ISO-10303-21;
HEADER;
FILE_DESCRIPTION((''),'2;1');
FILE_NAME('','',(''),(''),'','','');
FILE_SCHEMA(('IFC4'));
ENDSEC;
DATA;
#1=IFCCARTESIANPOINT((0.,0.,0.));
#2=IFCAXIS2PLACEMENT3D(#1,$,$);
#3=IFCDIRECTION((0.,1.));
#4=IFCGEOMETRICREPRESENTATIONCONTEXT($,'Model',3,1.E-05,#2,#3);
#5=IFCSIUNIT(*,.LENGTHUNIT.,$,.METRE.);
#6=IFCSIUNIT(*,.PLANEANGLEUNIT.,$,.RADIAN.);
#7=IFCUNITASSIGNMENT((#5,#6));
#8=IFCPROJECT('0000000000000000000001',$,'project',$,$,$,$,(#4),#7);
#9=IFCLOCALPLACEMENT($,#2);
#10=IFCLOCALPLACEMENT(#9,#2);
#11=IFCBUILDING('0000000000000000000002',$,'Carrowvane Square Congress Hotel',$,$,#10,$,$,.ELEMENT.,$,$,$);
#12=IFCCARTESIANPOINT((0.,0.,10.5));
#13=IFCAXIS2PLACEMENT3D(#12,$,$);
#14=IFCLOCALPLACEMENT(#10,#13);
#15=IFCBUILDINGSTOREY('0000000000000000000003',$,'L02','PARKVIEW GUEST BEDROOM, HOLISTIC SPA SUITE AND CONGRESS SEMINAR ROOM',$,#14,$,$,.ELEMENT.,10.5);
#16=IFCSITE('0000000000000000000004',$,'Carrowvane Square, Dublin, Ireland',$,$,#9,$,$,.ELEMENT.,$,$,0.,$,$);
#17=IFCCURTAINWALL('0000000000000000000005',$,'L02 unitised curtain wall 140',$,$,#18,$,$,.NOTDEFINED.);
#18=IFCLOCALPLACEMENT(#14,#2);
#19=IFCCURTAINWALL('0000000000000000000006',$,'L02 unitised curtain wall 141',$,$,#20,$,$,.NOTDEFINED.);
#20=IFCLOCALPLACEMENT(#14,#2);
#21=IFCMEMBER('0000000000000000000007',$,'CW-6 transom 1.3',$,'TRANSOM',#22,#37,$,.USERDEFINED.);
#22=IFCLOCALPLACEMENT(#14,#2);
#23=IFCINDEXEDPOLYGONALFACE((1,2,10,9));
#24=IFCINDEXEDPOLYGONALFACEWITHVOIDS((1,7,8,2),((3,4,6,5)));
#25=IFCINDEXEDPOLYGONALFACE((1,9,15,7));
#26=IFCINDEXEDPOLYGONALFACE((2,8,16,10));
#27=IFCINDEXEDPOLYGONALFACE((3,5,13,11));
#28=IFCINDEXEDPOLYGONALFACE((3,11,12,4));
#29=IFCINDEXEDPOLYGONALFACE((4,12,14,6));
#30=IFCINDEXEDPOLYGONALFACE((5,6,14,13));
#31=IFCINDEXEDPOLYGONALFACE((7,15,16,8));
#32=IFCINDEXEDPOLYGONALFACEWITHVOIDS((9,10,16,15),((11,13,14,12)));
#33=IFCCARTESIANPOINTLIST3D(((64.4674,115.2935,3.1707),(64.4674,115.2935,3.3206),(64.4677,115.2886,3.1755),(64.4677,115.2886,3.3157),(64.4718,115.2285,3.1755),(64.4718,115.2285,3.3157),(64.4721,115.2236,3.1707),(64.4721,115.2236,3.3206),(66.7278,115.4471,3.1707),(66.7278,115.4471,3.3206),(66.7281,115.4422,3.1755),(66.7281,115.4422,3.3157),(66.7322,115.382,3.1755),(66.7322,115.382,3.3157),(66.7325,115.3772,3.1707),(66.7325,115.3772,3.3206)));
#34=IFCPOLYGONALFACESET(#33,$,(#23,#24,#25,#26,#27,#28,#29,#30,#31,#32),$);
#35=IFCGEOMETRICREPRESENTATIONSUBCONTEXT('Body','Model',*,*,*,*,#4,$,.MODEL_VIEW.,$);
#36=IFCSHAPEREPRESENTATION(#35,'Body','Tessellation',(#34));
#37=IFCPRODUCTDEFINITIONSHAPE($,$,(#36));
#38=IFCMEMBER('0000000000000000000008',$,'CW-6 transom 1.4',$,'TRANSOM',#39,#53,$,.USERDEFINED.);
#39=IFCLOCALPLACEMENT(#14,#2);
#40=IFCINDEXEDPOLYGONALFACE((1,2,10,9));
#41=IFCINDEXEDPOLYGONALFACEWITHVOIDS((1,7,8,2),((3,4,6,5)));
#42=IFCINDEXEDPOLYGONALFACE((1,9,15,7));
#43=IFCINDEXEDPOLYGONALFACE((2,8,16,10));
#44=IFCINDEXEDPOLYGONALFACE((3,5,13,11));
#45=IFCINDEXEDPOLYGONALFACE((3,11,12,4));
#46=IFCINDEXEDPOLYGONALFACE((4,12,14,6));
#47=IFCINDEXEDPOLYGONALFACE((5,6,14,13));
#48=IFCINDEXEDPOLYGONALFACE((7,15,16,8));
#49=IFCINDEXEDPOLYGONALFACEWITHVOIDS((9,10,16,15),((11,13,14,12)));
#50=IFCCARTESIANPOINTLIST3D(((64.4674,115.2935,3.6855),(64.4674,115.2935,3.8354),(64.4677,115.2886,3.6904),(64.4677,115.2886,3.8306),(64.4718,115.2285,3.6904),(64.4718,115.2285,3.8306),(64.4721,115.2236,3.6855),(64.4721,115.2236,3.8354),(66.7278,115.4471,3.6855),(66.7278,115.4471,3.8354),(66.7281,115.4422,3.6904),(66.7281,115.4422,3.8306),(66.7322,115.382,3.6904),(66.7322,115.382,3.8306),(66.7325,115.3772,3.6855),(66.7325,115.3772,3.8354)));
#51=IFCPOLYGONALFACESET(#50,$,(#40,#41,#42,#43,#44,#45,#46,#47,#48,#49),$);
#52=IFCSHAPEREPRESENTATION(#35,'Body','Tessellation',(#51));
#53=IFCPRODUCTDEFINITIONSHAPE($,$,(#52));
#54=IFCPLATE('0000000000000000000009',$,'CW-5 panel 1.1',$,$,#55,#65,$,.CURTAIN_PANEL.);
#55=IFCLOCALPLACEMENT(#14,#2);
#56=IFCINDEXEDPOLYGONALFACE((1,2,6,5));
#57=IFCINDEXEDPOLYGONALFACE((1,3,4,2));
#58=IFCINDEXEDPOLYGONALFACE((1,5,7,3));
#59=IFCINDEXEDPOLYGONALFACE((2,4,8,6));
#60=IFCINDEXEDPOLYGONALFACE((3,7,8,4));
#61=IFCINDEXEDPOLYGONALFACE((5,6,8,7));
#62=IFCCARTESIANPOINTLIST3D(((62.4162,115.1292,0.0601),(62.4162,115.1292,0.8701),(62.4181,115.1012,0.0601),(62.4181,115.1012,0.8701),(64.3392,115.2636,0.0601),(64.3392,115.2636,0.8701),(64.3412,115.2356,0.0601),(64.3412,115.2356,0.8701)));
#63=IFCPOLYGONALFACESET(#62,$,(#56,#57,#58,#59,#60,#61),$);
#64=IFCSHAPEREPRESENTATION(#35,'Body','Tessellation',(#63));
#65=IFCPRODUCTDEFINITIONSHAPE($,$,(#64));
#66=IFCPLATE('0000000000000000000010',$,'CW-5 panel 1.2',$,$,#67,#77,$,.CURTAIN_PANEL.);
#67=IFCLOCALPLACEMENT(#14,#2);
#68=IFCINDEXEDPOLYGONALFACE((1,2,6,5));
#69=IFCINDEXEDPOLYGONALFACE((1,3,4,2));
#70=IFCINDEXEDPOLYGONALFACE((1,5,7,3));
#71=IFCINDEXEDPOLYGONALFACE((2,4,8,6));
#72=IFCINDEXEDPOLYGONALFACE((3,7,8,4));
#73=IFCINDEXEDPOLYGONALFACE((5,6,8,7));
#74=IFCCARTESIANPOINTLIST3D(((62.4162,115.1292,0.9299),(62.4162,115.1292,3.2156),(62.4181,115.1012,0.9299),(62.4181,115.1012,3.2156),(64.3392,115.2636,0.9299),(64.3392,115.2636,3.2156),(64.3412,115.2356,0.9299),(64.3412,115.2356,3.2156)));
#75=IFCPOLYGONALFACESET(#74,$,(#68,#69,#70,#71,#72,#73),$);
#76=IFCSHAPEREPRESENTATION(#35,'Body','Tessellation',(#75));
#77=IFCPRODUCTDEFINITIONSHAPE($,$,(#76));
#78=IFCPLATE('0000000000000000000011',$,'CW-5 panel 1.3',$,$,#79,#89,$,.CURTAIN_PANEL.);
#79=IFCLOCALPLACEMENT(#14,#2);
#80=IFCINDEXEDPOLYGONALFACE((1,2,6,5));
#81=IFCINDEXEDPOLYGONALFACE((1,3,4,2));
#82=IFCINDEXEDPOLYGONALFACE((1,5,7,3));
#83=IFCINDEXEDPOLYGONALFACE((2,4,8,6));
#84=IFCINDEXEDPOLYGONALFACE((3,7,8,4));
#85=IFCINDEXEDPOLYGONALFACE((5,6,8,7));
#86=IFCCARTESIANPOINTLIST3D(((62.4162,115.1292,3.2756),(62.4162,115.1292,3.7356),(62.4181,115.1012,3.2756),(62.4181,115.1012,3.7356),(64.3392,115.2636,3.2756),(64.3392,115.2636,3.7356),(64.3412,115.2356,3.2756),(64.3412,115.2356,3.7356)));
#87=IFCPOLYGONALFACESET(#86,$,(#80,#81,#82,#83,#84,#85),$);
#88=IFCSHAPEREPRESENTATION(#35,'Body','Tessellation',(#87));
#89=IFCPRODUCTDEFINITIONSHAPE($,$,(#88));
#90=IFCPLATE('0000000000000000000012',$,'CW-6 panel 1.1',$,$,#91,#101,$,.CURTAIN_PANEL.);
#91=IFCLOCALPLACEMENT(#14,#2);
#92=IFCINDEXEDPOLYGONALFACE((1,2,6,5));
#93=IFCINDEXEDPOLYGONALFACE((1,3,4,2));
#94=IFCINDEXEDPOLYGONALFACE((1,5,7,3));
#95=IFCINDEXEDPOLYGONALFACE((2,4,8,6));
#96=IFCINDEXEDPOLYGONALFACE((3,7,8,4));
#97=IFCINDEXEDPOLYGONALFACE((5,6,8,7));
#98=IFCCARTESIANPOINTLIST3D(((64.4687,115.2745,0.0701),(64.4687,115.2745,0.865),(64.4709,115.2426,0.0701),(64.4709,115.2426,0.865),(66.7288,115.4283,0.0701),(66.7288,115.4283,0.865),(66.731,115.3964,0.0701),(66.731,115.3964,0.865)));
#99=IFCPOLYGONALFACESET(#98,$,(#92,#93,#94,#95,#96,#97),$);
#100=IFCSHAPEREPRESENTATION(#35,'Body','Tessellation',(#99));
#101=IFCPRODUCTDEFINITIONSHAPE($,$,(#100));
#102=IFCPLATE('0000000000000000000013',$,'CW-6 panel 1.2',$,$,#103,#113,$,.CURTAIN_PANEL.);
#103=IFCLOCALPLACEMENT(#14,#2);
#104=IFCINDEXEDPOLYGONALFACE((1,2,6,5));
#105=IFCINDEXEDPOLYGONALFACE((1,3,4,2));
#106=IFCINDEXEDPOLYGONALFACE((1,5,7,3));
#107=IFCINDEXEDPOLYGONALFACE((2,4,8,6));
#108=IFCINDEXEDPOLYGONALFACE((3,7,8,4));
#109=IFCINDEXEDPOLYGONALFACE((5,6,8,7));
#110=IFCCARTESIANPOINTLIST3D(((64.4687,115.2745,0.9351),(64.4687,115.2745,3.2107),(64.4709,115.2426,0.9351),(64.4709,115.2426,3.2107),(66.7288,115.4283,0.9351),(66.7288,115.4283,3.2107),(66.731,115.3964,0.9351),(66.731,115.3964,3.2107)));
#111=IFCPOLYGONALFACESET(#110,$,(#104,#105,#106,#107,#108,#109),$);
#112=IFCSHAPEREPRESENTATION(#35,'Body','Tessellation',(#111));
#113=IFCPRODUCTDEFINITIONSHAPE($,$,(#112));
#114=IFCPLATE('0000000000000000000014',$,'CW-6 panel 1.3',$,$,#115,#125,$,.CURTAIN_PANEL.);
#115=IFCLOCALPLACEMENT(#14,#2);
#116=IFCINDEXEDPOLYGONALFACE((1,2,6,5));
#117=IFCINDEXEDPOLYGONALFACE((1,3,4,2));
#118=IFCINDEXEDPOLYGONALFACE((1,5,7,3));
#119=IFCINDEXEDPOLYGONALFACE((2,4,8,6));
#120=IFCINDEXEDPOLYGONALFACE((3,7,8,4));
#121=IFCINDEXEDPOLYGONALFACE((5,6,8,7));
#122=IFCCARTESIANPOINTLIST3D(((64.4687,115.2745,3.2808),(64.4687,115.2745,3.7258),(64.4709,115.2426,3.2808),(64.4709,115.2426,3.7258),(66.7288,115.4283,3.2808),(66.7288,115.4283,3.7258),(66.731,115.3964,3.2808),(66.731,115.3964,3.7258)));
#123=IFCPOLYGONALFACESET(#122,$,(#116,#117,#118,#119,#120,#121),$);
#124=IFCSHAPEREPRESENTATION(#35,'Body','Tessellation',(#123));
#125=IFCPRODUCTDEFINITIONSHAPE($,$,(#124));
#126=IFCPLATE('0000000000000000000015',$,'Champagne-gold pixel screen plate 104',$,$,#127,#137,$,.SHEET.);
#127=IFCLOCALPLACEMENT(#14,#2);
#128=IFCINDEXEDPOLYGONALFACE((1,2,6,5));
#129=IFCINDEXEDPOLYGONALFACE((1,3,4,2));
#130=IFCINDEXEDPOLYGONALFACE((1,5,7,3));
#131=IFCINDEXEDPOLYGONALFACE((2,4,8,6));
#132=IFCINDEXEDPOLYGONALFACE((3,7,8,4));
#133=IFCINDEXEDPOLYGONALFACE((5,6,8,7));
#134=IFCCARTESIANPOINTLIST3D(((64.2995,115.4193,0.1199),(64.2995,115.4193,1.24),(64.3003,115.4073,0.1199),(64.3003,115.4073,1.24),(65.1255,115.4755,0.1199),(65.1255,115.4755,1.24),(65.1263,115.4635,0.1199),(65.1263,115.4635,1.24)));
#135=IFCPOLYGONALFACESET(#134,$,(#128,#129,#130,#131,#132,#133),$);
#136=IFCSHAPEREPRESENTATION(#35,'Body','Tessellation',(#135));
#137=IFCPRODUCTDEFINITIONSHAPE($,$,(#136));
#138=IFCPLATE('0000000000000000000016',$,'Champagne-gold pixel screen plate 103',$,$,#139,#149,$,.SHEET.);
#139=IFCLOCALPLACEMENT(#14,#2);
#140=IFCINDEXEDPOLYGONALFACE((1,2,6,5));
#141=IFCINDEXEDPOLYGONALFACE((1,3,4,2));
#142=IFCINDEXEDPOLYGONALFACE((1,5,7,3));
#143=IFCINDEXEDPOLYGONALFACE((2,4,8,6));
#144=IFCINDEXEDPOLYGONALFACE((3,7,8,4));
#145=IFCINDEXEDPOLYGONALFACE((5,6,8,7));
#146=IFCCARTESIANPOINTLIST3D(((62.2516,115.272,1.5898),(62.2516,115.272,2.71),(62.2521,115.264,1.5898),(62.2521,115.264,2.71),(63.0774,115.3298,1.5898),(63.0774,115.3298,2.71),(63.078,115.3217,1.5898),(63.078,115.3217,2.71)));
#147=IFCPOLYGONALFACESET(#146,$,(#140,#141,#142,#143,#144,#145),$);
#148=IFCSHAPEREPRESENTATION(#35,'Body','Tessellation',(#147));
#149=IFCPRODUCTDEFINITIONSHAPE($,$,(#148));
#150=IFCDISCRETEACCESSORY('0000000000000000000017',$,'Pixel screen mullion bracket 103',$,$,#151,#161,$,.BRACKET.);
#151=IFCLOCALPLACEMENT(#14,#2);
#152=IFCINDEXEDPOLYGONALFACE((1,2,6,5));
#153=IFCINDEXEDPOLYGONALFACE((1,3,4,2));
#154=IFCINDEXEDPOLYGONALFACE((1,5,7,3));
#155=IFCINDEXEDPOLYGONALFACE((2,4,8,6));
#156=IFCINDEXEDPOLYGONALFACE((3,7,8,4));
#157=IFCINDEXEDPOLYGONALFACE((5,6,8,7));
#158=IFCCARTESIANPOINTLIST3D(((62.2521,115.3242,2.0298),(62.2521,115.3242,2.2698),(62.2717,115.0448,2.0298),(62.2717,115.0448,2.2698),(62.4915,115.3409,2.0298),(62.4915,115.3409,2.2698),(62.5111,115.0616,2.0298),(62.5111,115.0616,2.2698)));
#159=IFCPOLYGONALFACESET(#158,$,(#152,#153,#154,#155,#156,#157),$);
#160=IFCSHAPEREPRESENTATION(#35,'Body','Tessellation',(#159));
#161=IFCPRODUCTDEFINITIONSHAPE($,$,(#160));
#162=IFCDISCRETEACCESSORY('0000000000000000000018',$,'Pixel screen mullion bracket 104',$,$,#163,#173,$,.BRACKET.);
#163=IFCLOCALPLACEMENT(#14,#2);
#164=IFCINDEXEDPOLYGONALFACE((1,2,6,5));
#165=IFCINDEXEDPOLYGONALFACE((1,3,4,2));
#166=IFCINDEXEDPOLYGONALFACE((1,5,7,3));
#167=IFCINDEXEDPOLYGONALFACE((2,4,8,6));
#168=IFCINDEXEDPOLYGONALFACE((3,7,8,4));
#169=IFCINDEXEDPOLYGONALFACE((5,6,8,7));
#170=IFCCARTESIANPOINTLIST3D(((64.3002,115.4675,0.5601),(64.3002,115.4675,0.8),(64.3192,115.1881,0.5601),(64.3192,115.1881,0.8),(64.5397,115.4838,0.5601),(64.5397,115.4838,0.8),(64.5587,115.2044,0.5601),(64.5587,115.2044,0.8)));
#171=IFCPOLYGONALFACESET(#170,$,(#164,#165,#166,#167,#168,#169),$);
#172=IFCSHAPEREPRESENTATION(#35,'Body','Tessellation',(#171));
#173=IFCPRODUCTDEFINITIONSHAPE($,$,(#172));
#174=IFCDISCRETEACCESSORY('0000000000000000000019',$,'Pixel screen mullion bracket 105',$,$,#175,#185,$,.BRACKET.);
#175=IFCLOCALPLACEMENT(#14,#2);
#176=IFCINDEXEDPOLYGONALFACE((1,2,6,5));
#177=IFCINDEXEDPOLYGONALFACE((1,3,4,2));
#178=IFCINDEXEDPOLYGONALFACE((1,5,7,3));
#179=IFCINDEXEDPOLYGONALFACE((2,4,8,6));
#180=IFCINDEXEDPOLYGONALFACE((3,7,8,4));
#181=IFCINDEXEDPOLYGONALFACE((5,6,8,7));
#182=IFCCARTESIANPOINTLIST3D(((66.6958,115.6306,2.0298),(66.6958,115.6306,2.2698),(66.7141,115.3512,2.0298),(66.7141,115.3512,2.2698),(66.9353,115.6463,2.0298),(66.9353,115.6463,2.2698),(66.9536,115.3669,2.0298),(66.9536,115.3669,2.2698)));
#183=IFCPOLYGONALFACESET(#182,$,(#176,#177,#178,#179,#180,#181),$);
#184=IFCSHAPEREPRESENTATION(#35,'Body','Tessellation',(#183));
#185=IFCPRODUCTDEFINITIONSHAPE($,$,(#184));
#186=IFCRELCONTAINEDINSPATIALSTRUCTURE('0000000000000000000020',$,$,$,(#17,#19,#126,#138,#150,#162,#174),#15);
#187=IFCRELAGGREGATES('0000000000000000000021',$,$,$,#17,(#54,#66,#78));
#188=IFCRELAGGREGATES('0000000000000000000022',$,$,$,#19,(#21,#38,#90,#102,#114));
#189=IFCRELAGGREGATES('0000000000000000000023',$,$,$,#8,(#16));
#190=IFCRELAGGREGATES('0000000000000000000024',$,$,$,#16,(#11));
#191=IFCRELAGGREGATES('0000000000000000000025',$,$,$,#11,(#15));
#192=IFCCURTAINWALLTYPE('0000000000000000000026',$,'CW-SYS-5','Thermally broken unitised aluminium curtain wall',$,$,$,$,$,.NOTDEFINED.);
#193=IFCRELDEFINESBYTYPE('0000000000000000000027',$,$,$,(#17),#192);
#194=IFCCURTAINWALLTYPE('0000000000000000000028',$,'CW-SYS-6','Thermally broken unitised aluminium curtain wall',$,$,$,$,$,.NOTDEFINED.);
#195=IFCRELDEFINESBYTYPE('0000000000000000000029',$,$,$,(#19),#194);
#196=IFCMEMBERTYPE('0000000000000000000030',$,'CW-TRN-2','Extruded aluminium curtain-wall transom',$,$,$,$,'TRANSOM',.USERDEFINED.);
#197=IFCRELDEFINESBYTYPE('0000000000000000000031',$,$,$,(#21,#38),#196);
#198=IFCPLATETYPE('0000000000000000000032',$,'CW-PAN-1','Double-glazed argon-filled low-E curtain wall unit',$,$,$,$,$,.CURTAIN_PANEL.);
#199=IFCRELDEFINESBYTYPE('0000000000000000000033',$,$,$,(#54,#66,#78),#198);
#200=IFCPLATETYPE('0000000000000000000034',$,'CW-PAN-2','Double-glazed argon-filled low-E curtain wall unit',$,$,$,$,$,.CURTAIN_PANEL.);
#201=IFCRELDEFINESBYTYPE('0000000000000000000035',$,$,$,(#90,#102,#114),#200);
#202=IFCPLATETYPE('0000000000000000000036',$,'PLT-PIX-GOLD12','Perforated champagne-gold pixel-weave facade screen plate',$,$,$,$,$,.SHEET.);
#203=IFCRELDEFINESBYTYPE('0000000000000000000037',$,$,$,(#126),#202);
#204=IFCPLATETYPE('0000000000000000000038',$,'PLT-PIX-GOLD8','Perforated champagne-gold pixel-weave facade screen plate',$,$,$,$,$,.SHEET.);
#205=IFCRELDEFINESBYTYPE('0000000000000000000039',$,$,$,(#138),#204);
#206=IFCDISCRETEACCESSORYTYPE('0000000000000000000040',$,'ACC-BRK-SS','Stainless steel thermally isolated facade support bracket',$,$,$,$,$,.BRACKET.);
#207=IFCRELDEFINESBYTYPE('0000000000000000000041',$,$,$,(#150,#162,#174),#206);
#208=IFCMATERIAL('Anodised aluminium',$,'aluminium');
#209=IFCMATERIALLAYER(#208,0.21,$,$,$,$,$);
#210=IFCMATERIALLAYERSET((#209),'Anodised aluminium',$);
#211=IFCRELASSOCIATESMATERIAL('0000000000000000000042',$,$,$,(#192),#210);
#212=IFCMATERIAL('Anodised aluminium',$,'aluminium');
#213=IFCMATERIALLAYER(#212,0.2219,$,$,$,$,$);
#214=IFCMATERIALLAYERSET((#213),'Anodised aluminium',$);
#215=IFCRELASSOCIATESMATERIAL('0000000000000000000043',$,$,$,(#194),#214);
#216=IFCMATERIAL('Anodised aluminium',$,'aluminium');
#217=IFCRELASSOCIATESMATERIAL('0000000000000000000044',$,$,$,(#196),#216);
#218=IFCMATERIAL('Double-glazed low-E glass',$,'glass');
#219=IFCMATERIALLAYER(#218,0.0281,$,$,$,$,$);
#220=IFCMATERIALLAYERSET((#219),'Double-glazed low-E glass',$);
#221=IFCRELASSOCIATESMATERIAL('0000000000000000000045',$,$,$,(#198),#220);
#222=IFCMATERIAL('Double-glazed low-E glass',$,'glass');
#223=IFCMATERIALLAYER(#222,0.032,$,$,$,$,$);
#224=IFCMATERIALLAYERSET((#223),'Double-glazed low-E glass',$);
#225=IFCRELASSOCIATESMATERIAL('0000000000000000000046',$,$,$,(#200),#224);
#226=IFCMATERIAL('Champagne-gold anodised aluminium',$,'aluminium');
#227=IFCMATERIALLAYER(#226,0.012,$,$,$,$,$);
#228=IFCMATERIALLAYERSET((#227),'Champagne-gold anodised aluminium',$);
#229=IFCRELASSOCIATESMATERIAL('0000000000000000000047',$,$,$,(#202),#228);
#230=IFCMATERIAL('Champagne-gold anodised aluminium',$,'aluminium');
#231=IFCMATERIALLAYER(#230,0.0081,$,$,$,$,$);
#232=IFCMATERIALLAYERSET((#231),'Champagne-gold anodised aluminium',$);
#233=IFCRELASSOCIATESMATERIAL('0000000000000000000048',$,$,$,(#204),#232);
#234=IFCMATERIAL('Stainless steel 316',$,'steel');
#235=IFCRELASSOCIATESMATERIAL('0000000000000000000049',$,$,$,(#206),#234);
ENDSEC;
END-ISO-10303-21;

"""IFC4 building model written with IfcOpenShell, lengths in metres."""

from ifc_helpers import new_model, si_unit, direction, frame, origin, origin_2d, place, context, subcontext, project, spatial, rectangle, hollow_rectangle, extrude, material, layer, layer_set, material_profile, profile_set, type_object, element, aggregate, save


model = new_model("IFC4")

# Units and contexts
model_context = context("Model", 3, precision=1e-05, world=origin(), true_north=direction((0.0, 1.0)))
body_context = subcontext(model_context, "Body", "Model", "MODEL_VIEW")
ifc_project = project(units=[si_unit("LENGTHUNIT", "METRE"), si_unit("PLANEANGLEUNIT", "RADIAN")], contexts=[model_context])

# Site, building, storey
site_placement = place(None, origin())
site = spatial("IfcSite", under=ifc_project, at=site_placement, Name="Carrowvane Square, Dublin, Ireland", CompositionType="ELEMENT", RefElevation=0.0)
building_placement = place(site_placement, origin())
building = spatial("IfcBuilding", under=site, at=building_placement, Name="Carrowvane Square Congress Hotel", CompositionType="ELEMENT")
storey_placement = place(building_placement, frame((0.0, 0.0, 10.5)))
storey = spatial("IfcBuildingStorey", under=building, at=storey_placement, Name="L02", Description="PARKVIEW GUEST BEDROOM, HOLISTIC SPA SUITE AND CONGRESS SEMINAR ROOM", CompositionType="ELEMENT", Elevation=10.5)

# Curtain walls
ifc_material_1 = material(Name="Anodised aluminium", Category="aluminium")
ifc_layer_1 = layer(ifc_material_1, 0.21)
ifc_layer_set_1 = layer_set([ifc_layer_1], Name="Anodised aluminium")
curtain_wall_type_1 = type_object("IfcCurtainWallType", Name="CW-SYS-5", Description="Thermally broken unitised aluminium curtain wall", PredefinedType="NOTDEFINED", material=ifc_layer_set_1)
curtain_wall_1_placement = place(storey_placement, origin())
curtain_wall_1 = element("IfcCurtainWall", 1, at=curtain_wall_1_placement, inside=storey, type_object=curtain_wall_type_1, Name="L02 unitised curtain wall 140", PredefinedType="NOTDEFINED")
ifc_material_2 = material(Name="Anodised aluminium", Category="aluminium")
ifc_layer_2 = layer(ifc_material_2, 0.2219)
ifc_layer_set_2 = layer_set([ifc_layer_2], Name="Anodised aluminium")
curtain_wall_type_2 = type_object("IfcCurtainWallType", Name="CW-SYS-6", Description="Thermally broken unitised aluminium curtain wall", PredefinedType="NOTDEFINED", material=ifc_layer_set_2)
curtain_wall_2_placement = place(storey_placement, origin())
curtain_wall_2 = element("IfcCurtainWall", 2, at=curtain_wall_2_placement, inside=storey, type_object=curtain_wall_type_2, Name="L02 unitised curtain wall 141", PredefinedType="NOTDEFINED")

# Members
ifc_material_3 = material(Name="Anodised aluminium", Category="aluminium")
ifc_material_profile_1 = material_profile(ifc_material_3, hollow_rectangle(XDim=0.0701, YDim=0.1499, WallThickness=0.0049, at=origin_2d()), Name="CW-TR 70x150x5")
ifc_profile_set_1 = profile_set([ifc_material_profile_1], Name="Anodised aluminium")
member_type_1 = type_object("IfcMemberType", Name="CW-TRN-2", Description="Extruded aluminium curtain-wall transom", ElementType="TRANSOM", PredefinedType="USERDEFINED", material=ifc_profile_set_1)
member_1_placement = place(storey_placement, frame((64.4697, 115.2585, 3.2456), z_axis=(0.9977, 0.067778, 0.0), x_axis=(-0.067778, 0.9977, 0.0)))
member_1 = element("IfcMember", 3, at=member_1_placement, type_object=member_type_1, Name="CW-6 transom 1.3", ObjectType="TRANSOM", PredefinedType="USERDEFINED", context=body_context, shape_type="SweptSolid", body=[
    extrude(hollow_rectangle(XDim=0.0701, YDim=0.1499, WallThickness=0.0049, at=origin_2d()), origin(), (0.0, 0.0, 1.0), 2.2656),
])
member_2_placement = place(storey_placement, frame((64.4697, 115.2585, 3.7605), z_axis=(0.9977, 0.067778, 0.0), x_axis=(-0.067778, 0.9977, 0.0)))
member_2 = element("IfcMember", 4, at=member_2_placement, type_object=member_type_1, Name="CW-6 transom 1.4", ObjectType="TRANSOM", PredefinedType="USERDEFINED", context=body_context, shape_type="SweptSolid", body=[
    extrude(hollow_rectangle(XDim=0.0701, YDim=0.1499, WallThickness=0.0049, at=origin_2d()), origin(), (0.0, 0.0, 1.0), 2.2656),
])

# Plates
ifc_material_4 = material(Name="Double-glazed low-E glass", Category="glass")
ifc_layer_3 = layer(ifc_material_4, 0.0281)
ifc_layer_set_3 = layer_set([ifc_layer_3], Name="Double-glazed low-E glass")
plate_type_1 = type_object("IfcPlateType", Name="CW-PAN-1", Description="Double-glazed argon-filled low-E curtain wall unit", PredefinedType="CURTAIN_PANEL", material=ifc_layer_set_3)
plate_1_placement = place(storey_placement, frame((63.3787, 115.1824, 0.0601), z_axis=(0.0, 0.0, 1.0), x_axis=(0.997566, 0.069724, 0.0)))
plate_1 = element("IfcPlate", 5, at=plate_1_placement, type_object=plate_type_1, Name="CW-5 panel 1.1", PredefinedType="CURTAIN_PANEL", context=body_context, shape_type="SweptSolid", body=[
    extrude(rectangle(XDim=1.9277, YDim=0.0281, at=origin_2d()), origin(), (0.0, 0.0, 1.0), 0.8101),
])
plate_2_placement = place(storey_placement, frame((63.3787, 115.1824, 0.9299), z_axis=(0.0, 0.0, 1.0), x_axis=(0.997566, 0.069724, 0.0)))
plate_2 = element("IfcPlate", 6, at=plate_2_placement, type_object=plate_type_1, Name="CW-5 panel 1.2", PredefinedType="CURTAIN_PANEL", context=body_context, shape_type="SweptSolid", body=[
    extrude(rectangle(XDim=1.9277, YDim=0.0281, at=origin_2d()), origin(), (0.0, 0.0, 1.0), 2.2856),
])
plate_3_placement = place(storey_placement, frame((63.3787, 115.1824, 3.2756), z_axis=(0.0, 0.0, 1.0), x_axis=(0.997566, 0.069724, 0.0)))
plate_3 = element("IfcPlate", 7, at=plate_3_placement, type_object=plate_type_1, Name="CW-5 panel 1.3", PredefinedType="CURTAIN_PANEL", context=body_context, shape_type="SweptSolid", body=[
    extrude(rectangle(XDim=1.9277, YDim=0.0281, at=origin_2d()), origin(), (0.0, 0.0, 1.0), 0.46),
])
aggregate(curtain_wall_1, [plate_1, plate_2, plate_3])
ifc_material_5 = material(Name="Double-glazed low-E glass", Category="glass")
ifc_layer_4 = layer(ifc_material_5, 0.032)
ifc_layer_set_4 = layer_set([ifc_layer_4], Name="Double-glazed low-E glass")
plate_type_2 = type_object("IfcPlateType", Name="CW-PAN-2", Description="Double-glazed argon-filled low-E curtain wall unit", PredefinedType="CURTAIN_PANEL", material=ifc_layer_set_4)
plate_4_placement = place(storey_placement, frame((65.5999, 115.3354, 0.0701), z_axis=(0.0, 0.0, 1.0), x_axis=(0.997694, 0.067865, 0.0)))
plate_4 = element("IfcPlate", 8, at=plate_4_placement, type_object=plate_type_2, Name="CW-6 panel 1.1", PredefinedType="CURTAIN_PANEL", context=body_context, shape_type="SweptSolid", body=[
    extrude(rectangle(XDim=2.2654, YDim=0.032, at=origin_2d()), origin(), (0.0, 0.0, 1.0), 0.7949),
])
plate_5_placement = place(storey_placement, frame((65.5999, 115.3354, 0.9351), z_axis=(0.0, 0.0, 1.0), x_axis=(0.997694, 0.067865, 0.0)))
plate_5 = element("IfcPlate", 9, at=plate_5_placement, type_object=plate_type_2, Name="CW-6 panel 1.2", PredefinedType="CURTAIN_PANEL", context=body_context, shape_type="SweptSolid", body=[
    extrude(rectangle(XDim=2.2654, YDim=0.032, at=origin_2d()), origin(), (0.0, 0.0, 1.0), 2.2756),
])
plate_6_placement = place(storey_placement, frame((65.5999, 115.3354, 3.2808), z_axis=(0.0, 0.0, 1.0), x_axis=(0.997694, 0.067865, 0.0)))
plate_6 = element("IfcPlate", 10, at=plate_6_placement, type_object=plate_type_2, Name="CW-6 panel 1.3", PredefinedType="CURTAIN_PANEL", context=body_context, shape_type="SweptSolid", body=[
    extrude(rectangle(XDim=2.2654, YDim=0.032, at=origin_2d()), origin(), (0.0, 0.0, 1.0), 0.4451),
])
aggregate(curtain_wall_2, [member_1, member_2, plate_4, plate_5, plate_6])

# Plates
ifc_material_6 = material(Name="Champagne-gold anodised aluminium", Category="aluminium")
ifc_layer_5 = layer(ifc_material_6, 0.012)
ifc_layer_set_5 = layer_set([ifc_layer_5], Name="Champagne-gold anodised aluminium")
plate_type_3 = type_object("IfcPlateType", Name="PLT-PIX-GOLD12", Description="Perforated champagne-gold pixel-weave facade screen plate", PredefinedType="SHEET", material=ifc_layer_set_5)
plate_7_placement = place(storey_placement, frame((64.7129, 115.4414, 0.1199), z_axis=(0.0, 0.0, 1.0), x_axis=(0.997694, 0.067866, 0.0)))
element("IfcPlate", 11, at=plate_7_placement, inside=storey, type_object=plate_type_3, Name="Champagne-gold pixel screen plate 104", PredefinedType="SHEET", context=body_context, shape_type="SweptSolid", body=[
    extrude(rectangle(XDim=0.8279, YDim=0.012, at=origin_2d()), origin(), (0.0, 0.0, 1.0), 1.1201),
])
ifc_material_7 = material(Name="Champagne-gold anodised aluminium", Category="aluminium")
ifc_layer_6 = layer(ifc_material_7, 0.0081)
ifc_layer_set_6 = layer_set([ifc_layer_6], Name="Champagne-gold anodised aluminium")
plate_type_4 = type_object("IfcPlateType", Name="PLT-PIX-GOLD8", Description="Perforated champagne-gold pixel-weave facade screen plate", PredefinedType="SHEET", material=ifc_layer_set_6)
plate_8_placement = place(storey_placement, frame((62.6648, 115.2969, 1.5898), z_axis=(0.0, 0.0, 1.0), x_axis=(0.997566, 0.069725, 0.0)))
element("IfcPlate", 12, at=plate_8_placement, inside=storey, type_object=plate_type_4, Name="Champagne-gold pixel screen plate 103", PredefinedType="SHEET", context=body_context, shape_type="SweptSolid", body=[
    extrude(rectangle(XDim=0.8279, YDim=0.0081, at=origin_2d()), origin(), (0.0, 0.0, 1.0), 1.1201),
])

# Discrete accessories
ifc_material_8 = material(Name="Stainless steel 316", Category="steel")
discrete_accessory_type = type_object("IfcDiscreteAccessoryType", Name="ACC-BRK-SS", Description="Stainless steel thermally isolated facade support bracket", PredefinedType="BRACKET", material=ifc_material_8)
for number, where, z_axis, x_axis, name in (
    (13, (62.3816, 115.1929, 2.0298), (0.0, 0.0, 1.0), (0.997566, 0.069725, 0.0), "Pixel screen mullion bracket 103"),
    (14, (64.4294, 115.3359, 0.5601), (0.0, 0.0, 1.0), (0.997694, 0.067866, 0.0), "Pixel screen mullion bracket 104"),
    (15, (66.8247, 115.4988, 2.0298), (0.0, 0.0, 1.0), (0.997858, 0.065413, 0.0), "Pixel screen mullion bracket 105"),
):
    element("IfcDiscreteAccessory", number, at=place(storey_placement, frame(where, z_axis=z_axis, x_axis=x_axis)), inside=storey, type_object=discrete_accessory_type, Name=name, PredefinedType="BRACKET", context=body_context, shape_type="SweptSolid", body=[
        extrude(rectangle(XDim=0.24, YDim=0.28, at=origin_2d()), origin(), (0.0, 0.0, 1.0), 0.24),
    ])

save(model, "model.ifc")
